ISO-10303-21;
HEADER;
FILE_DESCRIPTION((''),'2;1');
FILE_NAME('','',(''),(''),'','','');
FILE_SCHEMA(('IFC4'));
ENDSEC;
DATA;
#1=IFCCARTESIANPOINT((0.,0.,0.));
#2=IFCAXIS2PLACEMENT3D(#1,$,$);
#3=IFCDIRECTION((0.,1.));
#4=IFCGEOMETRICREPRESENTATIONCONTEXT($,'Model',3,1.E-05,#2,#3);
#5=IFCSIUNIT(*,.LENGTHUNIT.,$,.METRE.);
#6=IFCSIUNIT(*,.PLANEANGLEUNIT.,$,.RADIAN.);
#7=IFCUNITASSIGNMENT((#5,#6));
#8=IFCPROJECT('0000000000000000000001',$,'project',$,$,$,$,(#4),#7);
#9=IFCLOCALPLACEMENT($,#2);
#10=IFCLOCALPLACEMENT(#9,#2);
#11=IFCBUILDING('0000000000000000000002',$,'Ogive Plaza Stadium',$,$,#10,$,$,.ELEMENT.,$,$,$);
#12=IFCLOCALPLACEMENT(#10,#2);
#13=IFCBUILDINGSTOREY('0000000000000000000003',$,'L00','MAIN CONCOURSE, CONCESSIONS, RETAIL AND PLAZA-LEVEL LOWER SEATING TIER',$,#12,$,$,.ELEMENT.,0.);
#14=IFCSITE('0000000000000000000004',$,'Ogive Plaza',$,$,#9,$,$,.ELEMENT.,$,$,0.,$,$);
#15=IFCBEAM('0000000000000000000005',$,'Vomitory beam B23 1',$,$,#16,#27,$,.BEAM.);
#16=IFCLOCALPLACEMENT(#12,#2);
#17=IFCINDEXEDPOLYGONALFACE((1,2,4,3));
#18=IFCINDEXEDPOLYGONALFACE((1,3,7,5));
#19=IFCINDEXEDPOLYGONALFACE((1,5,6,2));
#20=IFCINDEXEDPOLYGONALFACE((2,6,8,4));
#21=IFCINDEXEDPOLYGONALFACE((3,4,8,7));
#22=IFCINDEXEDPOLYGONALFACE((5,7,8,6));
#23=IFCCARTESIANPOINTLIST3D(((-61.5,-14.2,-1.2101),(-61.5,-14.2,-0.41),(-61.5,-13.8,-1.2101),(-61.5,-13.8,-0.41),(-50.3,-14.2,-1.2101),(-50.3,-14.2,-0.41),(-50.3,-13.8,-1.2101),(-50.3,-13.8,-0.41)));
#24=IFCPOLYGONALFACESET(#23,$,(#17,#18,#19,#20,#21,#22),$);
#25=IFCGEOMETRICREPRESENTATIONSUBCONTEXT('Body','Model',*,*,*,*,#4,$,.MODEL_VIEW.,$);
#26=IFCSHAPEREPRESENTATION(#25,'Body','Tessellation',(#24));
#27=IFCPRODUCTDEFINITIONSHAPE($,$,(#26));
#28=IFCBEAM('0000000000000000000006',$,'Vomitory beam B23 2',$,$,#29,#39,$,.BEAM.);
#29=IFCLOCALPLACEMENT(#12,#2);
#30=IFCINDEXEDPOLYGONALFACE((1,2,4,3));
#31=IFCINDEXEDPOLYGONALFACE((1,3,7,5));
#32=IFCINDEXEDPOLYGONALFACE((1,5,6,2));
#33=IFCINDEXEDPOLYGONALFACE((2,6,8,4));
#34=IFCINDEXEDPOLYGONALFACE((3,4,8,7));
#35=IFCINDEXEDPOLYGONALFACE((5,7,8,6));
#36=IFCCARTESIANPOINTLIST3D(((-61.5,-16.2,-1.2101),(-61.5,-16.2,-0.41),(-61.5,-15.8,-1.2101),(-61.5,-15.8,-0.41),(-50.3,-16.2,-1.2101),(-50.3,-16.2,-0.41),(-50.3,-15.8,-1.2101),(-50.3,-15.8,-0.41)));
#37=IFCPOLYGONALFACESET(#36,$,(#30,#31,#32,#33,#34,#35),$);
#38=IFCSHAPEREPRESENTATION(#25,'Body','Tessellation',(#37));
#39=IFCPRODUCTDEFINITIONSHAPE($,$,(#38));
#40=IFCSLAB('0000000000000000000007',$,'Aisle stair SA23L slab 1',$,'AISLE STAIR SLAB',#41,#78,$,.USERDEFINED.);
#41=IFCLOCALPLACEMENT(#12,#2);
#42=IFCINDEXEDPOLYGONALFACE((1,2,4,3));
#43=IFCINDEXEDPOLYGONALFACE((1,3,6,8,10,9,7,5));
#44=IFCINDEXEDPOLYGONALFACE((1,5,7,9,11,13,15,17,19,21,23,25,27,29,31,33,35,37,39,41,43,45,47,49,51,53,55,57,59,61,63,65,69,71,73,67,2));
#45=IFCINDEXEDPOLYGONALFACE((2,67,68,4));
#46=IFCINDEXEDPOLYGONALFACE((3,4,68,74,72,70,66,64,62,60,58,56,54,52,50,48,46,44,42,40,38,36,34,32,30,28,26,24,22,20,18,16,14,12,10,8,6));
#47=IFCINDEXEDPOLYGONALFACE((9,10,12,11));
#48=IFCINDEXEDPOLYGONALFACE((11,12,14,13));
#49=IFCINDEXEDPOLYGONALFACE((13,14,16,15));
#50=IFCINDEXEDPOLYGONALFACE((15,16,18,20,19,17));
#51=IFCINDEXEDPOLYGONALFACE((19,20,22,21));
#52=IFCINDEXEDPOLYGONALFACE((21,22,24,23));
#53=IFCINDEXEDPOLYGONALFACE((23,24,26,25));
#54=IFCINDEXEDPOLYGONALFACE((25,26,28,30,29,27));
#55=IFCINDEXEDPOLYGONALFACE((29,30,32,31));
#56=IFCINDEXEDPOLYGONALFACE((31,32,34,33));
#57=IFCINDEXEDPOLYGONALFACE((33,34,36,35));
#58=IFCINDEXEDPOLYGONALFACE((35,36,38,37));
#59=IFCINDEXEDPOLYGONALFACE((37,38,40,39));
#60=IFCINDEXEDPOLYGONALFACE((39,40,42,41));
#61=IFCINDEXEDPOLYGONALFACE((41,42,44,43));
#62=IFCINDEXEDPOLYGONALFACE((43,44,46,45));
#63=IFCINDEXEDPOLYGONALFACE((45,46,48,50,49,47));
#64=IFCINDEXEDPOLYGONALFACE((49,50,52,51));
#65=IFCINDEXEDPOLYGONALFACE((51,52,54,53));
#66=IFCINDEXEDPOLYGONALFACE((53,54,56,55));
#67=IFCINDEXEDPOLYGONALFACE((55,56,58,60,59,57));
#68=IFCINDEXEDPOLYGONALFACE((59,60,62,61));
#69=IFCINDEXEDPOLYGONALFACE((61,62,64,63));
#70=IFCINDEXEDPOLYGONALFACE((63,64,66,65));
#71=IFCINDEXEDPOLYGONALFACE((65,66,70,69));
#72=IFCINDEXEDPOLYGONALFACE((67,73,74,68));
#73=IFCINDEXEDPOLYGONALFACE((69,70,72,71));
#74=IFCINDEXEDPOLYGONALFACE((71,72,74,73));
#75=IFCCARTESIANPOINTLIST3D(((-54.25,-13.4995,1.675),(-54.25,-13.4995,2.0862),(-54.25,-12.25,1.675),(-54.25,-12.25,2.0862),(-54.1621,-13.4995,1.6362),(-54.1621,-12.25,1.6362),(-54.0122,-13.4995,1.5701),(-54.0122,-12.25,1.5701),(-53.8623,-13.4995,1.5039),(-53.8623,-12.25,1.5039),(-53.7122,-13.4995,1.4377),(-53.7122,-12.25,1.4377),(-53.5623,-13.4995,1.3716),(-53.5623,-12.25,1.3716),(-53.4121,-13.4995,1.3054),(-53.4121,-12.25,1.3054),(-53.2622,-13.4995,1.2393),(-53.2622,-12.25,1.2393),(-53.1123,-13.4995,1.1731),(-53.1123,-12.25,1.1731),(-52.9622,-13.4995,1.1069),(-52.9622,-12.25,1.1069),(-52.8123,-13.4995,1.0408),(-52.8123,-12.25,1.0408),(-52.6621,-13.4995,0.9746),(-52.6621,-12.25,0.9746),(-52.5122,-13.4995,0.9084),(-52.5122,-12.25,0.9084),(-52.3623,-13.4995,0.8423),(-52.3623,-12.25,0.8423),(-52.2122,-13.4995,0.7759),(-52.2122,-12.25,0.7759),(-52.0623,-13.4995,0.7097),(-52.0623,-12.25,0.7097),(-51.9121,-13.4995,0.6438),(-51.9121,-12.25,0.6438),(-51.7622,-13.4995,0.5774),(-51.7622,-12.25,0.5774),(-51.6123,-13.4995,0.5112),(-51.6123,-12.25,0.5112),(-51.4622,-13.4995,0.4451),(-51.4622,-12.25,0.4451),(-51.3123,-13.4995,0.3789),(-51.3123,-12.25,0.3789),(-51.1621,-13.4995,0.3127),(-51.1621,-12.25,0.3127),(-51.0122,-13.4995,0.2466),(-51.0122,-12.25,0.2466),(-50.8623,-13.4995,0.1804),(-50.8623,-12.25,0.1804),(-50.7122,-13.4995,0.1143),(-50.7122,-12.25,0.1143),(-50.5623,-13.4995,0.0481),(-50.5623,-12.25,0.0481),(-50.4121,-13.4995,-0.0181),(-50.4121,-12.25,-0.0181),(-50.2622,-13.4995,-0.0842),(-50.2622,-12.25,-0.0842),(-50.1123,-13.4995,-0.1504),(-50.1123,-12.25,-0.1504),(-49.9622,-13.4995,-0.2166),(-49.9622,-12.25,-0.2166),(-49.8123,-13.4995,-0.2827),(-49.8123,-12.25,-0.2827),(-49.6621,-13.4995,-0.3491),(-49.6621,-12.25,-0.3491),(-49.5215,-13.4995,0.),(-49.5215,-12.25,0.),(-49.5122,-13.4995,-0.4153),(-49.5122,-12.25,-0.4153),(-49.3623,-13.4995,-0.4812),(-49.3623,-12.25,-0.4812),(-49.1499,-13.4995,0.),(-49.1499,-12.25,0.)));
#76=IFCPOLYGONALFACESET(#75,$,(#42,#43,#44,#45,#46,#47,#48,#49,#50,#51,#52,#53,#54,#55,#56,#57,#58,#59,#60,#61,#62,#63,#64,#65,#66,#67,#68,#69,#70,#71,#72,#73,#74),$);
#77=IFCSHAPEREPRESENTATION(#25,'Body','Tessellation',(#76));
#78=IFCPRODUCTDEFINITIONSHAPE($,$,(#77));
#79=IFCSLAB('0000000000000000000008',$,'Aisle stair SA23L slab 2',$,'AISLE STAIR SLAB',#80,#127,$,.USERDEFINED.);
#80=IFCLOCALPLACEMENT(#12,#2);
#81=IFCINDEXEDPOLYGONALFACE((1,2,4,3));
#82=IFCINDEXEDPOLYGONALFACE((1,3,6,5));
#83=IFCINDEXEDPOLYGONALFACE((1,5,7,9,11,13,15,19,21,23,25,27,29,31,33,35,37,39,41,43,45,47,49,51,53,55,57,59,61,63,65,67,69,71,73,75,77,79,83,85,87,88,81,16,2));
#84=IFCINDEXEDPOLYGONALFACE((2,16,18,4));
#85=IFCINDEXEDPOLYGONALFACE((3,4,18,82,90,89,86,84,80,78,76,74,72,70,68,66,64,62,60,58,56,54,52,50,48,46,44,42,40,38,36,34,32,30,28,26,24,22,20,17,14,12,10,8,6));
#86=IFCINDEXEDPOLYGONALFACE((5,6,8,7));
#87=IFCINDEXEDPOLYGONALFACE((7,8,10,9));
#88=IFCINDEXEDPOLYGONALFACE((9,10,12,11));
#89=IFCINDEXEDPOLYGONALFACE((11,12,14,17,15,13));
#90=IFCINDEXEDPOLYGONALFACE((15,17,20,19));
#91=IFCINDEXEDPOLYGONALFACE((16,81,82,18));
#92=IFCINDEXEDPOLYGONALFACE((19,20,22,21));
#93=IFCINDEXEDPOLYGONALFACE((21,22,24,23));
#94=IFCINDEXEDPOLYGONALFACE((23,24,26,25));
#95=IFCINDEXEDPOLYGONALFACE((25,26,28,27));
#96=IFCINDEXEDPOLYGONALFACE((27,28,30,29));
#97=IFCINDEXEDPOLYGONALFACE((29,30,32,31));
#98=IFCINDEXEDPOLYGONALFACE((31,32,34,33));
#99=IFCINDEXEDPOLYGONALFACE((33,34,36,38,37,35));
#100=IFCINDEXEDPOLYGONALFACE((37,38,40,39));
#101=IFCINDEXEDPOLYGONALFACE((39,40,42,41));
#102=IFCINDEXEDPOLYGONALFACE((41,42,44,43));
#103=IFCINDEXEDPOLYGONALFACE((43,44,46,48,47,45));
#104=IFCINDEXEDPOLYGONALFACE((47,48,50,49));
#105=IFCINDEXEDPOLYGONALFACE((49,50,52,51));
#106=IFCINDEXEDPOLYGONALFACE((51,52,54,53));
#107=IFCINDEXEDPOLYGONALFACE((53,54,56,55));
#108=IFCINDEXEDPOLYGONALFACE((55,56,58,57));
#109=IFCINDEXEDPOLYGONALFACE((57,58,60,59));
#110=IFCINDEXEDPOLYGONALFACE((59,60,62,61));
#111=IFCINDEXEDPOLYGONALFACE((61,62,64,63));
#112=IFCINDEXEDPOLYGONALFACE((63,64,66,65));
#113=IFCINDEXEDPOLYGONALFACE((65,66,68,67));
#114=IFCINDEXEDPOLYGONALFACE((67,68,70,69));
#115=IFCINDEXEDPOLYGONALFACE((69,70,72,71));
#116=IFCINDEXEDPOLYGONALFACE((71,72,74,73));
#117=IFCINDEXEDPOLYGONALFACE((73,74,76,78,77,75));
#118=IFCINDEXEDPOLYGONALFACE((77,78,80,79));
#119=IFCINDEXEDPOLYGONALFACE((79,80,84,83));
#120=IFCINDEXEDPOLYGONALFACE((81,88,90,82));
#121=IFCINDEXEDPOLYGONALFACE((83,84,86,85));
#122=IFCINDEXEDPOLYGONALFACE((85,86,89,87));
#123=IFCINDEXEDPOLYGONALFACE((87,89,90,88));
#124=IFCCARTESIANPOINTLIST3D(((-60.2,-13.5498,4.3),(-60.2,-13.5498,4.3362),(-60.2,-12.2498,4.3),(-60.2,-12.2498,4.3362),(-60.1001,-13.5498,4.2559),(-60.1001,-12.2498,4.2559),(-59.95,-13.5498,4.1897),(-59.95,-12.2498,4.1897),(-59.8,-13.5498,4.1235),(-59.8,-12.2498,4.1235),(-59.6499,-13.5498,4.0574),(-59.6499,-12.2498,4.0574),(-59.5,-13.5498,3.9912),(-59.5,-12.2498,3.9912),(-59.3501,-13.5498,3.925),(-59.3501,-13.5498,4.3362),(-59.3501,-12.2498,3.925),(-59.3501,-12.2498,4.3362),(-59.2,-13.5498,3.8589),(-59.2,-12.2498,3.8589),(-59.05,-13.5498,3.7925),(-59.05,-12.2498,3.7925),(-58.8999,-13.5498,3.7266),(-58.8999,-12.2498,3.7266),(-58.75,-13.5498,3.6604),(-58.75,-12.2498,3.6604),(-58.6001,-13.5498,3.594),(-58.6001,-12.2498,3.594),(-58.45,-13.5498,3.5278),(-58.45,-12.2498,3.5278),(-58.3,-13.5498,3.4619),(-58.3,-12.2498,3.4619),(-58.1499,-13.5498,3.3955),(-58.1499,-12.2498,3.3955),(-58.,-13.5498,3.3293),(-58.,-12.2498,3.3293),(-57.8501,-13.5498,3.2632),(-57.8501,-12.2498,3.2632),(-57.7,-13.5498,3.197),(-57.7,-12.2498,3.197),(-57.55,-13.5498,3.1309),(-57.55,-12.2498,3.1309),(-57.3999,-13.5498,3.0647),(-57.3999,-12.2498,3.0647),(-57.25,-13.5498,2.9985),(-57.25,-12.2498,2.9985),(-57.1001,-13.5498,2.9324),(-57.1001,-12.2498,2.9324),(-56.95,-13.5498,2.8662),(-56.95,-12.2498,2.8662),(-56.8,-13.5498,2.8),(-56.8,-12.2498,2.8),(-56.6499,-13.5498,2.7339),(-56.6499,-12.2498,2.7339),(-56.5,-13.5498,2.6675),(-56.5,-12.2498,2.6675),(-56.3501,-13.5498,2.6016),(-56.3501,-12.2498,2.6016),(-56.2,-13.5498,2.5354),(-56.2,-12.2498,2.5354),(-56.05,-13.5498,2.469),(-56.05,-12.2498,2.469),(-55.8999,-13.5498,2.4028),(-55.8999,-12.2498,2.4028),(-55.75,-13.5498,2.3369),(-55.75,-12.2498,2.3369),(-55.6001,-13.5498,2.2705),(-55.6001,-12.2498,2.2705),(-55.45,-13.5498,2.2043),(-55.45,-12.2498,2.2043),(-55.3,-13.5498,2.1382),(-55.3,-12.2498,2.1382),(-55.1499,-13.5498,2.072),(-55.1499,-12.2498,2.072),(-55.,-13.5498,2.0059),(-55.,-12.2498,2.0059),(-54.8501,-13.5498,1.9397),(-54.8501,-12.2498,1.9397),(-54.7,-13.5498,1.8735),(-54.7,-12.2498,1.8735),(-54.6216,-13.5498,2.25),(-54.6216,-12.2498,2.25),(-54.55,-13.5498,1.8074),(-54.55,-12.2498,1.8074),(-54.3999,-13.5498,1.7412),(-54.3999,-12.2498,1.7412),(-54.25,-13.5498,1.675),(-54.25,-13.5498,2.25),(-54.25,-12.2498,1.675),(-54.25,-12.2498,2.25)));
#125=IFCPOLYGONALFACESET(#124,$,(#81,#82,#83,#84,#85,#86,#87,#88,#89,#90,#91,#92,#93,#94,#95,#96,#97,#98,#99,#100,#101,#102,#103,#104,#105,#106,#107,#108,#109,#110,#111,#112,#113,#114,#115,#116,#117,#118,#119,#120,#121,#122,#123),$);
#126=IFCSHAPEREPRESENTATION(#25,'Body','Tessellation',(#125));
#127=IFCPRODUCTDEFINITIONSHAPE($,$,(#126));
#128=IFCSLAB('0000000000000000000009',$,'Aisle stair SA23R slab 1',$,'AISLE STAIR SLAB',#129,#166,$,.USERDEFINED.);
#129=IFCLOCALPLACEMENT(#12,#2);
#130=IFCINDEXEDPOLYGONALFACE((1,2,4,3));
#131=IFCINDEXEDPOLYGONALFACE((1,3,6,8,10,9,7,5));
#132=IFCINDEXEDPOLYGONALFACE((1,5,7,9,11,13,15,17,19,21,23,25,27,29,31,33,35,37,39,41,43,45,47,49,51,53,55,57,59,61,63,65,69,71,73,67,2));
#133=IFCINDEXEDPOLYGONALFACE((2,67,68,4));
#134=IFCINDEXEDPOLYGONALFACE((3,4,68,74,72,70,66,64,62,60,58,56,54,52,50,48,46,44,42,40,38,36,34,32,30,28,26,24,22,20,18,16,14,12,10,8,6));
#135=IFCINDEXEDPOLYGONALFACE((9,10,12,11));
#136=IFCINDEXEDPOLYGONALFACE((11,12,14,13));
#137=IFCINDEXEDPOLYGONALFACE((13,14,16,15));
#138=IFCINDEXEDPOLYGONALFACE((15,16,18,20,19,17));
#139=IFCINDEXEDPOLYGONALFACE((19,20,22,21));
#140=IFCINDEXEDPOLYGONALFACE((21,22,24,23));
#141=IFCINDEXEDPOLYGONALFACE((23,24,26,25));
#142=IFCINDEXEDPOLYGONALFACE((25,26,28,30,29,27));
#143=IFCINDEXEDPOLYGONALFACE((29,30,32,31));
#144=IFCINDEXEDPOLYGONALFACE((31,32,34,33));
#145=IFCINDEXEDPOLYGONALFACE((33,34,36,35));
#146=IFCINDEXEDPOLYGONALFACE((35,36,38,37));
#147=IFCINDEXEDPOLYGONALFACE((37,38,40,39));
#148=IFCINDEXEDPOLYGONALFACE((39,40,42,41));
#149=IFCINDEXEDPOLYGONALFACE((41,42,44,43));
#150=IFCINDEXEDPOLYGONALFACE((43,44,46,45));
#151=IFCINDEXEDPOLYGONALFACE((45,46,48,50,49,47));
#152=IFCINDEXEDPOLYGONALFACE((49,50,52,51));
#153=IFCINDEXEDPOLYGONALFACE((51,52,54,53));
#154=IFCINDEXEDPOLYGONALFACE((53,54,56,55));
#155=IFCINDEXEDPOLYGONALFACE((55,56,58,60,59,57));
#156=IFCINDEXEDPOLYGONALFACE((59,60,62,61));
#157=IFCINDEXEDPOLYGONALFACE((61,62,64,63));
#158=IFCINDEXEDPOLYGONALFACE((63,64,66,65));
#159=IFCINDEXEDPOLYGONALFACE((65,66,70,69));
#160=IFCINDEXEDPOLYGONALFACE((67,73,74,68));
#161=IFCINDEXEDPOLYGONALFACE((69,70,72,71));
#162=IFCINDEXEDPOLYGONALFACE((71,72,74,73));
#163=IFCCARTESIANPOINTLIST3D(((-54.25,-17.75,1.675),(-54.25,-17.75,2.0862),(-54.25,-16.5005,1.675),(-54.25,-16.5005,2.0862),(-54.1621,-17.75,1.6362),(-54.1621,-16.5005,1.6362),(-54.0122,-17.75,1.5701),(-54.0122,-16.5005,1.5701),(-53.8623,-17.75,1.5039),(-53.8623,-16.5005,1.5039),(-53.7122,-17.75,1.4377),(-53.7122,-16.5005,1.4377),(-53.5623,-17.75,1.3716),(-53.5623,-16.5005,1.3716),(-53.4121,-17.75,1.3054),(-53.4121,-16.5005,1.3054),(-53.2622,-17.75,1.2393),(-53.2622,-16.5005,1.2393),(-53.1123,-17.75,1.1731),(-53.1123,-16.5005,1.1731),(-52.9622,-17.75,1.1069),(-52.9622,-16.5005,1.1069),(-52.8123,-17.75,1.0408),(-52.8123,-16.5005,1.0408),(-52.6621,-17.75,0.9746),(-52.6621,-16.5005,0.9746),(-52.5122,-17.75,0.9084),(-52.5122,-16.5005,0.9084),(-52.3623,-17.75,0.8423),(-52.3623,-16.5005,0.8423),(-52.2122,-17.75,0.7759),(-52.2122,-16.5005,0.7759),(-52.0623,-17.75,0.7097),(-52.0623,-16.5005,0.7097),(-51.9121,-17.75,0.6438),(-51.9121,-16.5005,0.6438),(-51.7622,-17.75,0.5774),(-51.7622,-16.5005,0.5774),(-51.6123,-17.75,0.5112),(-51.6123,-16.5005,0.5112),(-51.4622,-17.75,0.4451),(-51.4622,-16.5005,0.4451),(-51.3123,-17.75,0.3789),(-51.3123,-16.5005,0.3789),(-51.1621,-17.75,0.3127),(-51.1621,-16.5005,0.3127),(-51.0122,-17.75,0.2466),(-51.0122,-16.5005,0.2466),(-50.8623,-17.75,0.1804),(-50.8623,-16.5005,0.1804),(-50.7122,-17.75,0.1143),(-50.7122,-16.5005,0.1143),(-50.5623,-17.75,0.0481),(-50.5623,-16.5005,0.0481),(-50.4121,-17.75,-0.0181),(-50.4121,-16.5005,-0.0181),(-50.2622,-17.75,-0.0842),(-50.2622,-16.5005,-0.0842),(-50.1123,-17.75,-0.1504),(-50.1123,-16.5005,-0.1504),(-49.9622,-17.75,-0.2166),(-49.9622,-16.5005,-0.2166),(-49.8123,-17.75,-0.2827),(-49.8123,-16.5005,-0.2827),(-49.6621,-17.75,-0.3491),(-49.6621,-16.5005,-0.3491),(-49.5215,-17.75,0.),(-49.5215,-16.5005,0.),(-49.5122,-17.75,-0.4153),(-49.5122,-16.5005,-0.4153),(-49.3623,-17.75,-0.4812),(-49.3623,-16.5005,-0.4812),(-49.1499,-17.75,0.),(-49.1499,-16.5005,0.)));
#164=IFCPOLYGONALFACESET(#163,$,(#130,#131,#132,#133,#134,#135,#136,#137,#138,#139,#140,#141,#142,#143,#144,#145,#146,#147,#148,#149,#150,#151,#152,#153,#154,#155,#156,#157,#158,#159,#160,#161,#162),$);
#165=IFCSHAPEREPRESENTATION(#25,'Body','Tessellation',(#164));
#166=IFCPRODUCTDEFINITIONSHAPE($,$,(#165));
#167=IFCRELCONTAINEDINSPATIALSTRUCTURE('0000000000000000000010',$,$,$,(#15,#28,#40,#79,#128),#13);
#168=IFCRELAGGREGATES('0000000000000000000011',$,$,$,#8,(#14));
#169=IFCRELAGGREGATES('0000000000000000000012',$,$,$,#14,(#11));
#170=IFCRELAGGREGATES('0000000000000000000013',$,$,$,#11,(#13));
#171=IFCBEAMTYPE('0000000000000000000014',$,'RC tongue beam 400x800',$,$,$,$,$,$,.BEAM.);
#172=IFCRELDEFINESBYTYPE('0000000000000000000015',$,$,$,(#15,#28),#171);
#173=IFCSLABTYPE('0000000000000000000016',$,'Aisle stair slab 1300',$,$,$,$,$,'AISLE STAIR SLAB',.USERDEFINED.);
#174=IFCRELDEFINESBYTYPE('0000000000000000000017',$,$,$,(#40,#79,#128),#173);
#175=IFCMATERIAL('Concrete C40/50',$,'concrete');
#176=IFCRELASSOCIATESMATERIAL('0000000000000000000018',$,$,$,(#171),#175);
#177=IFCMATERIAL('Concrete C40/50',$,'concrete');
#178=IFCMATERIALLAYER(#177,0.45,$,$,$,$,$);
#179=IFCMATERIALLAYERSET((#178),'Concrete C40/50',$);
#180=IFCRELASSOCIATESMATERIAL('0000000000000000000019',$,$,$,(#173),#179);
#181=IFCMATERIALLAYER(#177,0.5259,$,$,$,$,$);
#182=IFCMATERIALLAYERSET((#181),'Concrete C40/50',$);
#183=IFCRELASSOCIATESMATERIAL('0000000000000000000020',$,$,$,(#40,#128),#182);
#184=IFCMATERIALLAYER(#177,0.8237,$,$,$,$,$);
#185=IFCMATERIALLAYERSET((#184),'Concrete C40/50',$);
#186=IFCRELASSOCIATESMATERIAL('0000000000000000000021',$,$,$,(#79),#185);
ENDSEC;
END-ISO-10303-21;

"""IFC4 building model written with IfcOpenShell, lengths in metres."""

from ifc_helpers import new_model, si_unit, direction, frame, origin, origin_2d, place, context, subcontext, project, spatial, polyline, rectangle, outline, extrude, material, layer, layer_set, material_profile, profile_set, type_object, element, save


model = new_model("IFC4")

# Units and contexts
model_context = context("Model", 3, precision=1e-05, world=origin(), true_north=direction((0.0, 1.0)))
body_context = subcontext(model_context, "Body", "Model", "MODEL_VIEW")
ifc_project = project(units=[si_unit("LENGTHUNIT", "METRE"), si_unit("PLANEANGLEUNIT", "RADIAN")], contexts=[model_context])

# Site, building, storey
site_placement = place(None, origin())
site = spatial("IfcSite", under=ifc_project, at=site_placement, Name="Ogive Plaza", CompositionType="ELEMENT", RefElevation=0.0)
building_placement = place(site_placement, origin())
building = spatial("IfcBuilding", under=site, at=building_placement, Name="Ogive Plaza Stadium", CompositionType="ELEMENT")
storey_placement = place(building_placement, origin())
storey = spatial("IfcBuildingStorey", under=building, at=storey_placement, Name="L00", Description="MAIN CONCOURSE, CONCESSIONS, RETAIL AND PLAZA-LEVEL LOWER SEATING TIER", CompositionType="ELEMENT", Elevation=0.0)

# Beams
ifc_material_1 = material(Name="Concrete C40/50", Category="concrete")
ifc_material_profile = material_profile(ifc_material_1, rectangle(XDim=0.3999, YDim=0.8, at=origin_2d()), Name="RC 400x800")
ifc_profile_set = profile_set([ifc_material_profile], Name="Concrete C40/50")
beam_type = type_object("IfcBeamType", Name="RC tongue beam 400x800", PredefinedType="BEAM", material=ifc_profile_set)
for number, where, z_axis, x_axis, name in (
    (1, (-50.3, -14.0, -0.8101), (-1.0, 0.0, 0.0), (0.0, -1.0, 0.0), "Vomitory beam B23 1"),
    (2, (-50.3, -16.0, -0.8101), (-1.0, 0.0, 0.0), (0.0, -1.0, 0.0), "Vomitory beam B23 2"),
):
    element("IfcBeam", number, at=place(storey_placement, frame(where, z_axis=z_axis, x_axis=x_axis)), inside=storey, type_object=beam_type, Name=name, PredefinedType="BEAM", context=body_context, shape_type="SweptSolid", body=[
        extrude(rectangle(XDim=0.3999, YDim=0.8, at=origin_2d()), origin(), (0.0, 0.0, 1.0), 11.2),
    ])

# Slabs
ifc_material_2 = material(Name="Concrete C40/50", Category="concrete")
ifc_layer_1 = layer(ifc_material_2, 0.5259)
ifc_layer_set_1 = layer_set([ifc_layer_1], Name="Concrete C40/50")
ifc_layer_2 = layer(ifc_material_2, 0.45)
ifc_layer_set_2 = layer_set([ifc_layer_2], Name="Concrete C40/50")
slab_type = type_object("IfcSlabType", Name="Aisle stair slab 1300", ElementType="AISLE STAIR SLAB", PredefinedType="USERDEFINED", material=ifc_layer_set_2)
slab_1_placement = place(storey_placement, frame((-49.1499, -12.8748, 0.0), z_axis=(0.0, 0.0, 1.0), x_axis=(-1.0, 0.0, 0.0)))
element("IfcSlab", 3, at=slab_1_placement, inside=storey, type_object=slab_type, material=ifc_layer_set_1, Name="Aisle stair SA23L slab 1", ObjectType="AISLE STAIR SLAB", PredefinedType="USERDEFINED", context=body_context, shape_type="SweptSolid", body=[
    extrude(outline(polyline([(0.0, 0.0), (0.3716, 0.0), (5.1001, 2.0862), (5.1001, 1.675), (5.0122, 1.6362), (4.8623, 1.5701), (4.7124, 1.5039), (4.5623, 1.4377), (4.4124, 1.3716), (4.2622, 1.3054), (4.1123, 1.2393), (3.9624, 1.1731), (3.8123, 1.1069), (3.6624, 1.0408), (3.5122, 0.9746), (3.3623, 0.9084), (3.2124, 0.8423), (3.0623, 0.7759), (2.9124, 0.7097), (2.7622, 0.6438), (2.6123, 0.5774), (2.4624, 0.5112), (2.3123, 0.4451), (2.1624, 0.3789), (2.0122, 0.3127), (1.8623, 0.2466), (1.7124, 0.1804), (1.5623, 0.1143), (1.4124, 0.0481), (1.2622, -0.0181), (1.1123, -0.0842), (0.9624, -0.1504), (0.8123, -0.2166), (0.6624, -0.2827), (0.5122, -0.3491), (0.3623, -0.4153), (0.2124, -0.4812), (0.0, 0.0)])), frame((0.0, 0.6248, 0.0), z_axis=(0.0, -1.0, 0.0), x_axis=(1.0, 0.0, 0.0)), (0.0, 0.0, 1.0), 1.2495),
])
ifc_layer_3 = layer(ifc_material_2, 0.8237)
ifc_layer_set_3 = layer_set([ifc_layer_3], Name="Concrete C40/50")
slab_2_placement = place(storey_placement, frame((-54.25, -12.8999, 0.0), z_axis=(0.0, 0.0, 1.0), x_axis=(-1.0, 0.0, 0.0)))
element("IfcSlab", 4, at=slab_2_placement, inside=storey, type_object=slab_type, material=ifc_layer_set_3, Name="Aisle stair SA23L slab 2", ObjectType="AISLE STAIR SLAB", PredefinedType="USERDEFINED", context=body_context, shape_type="SweptSolid", body=[
    extrude(outline(polyline([(0.0, 2.25), (0.3716, 2.25), (5.1001, 4.3362), (5.95, 4.3362), (5.95, 4.3), (5.8501, 4.2559), (5.7, 4.1897), (5.55, 4.1235), (5.3999, 4.0574), (5.25, 3.9912), (5.1001, 3.925), (4.95, 3.8589), (4.8, 3.7925), (4.6499, 3.7266), (4.5, 3.6604), (4.3501, 3.594), (4.2, 3.5278), (4.05, 3.4619), (3.8999, 3.3955), (3.75, 3.3293), (3.6001, 3.2632), (3.45, 3.197), (3.3, 3.1309), (3.1499, 3.0647), (3.0, 2.9985), (2.8501, 2.9324), (2.7, 2.8662), (2.55, 2.8), (2.3999, 2.7339), (2.25, 2.6675), (2.1001, 2.6016), (1.95, 2.5354), (1.8, 2.469), (1.6499, 2.4028), (1.5, 2.3369), (1.3501, 2.2705), (1.2, 2.2043), (1.05, 2.1382), (0.8999, 2.072), (0.75, 2.0059), (0.6001, 1.9397), (0.45, 1.8735), (0.3, 1.8074), (0.1499, 1.7412), (0.0, 1.675), (0.0, 2.25)])), frame((0.0, 0.6499, 0.0), z_axis=(0.0, -1.0, 0.0), x_axis=(1.0, 0.0, 0.0)), (0.0, 0.0, 1.0), 1.3),
])
slab_3_placement = place(storey_placement, frame((-49.1499, -17.1252, 0.0), z_axis=(0.0, 0.0, 1.0), x_axis=(-1.0, 0.0, 0.0)))
element("IfcSlab", 5, at=slab_3_placement, inside=storey, type_object=slab_type, material=ifc_layer_set_1, Name="Aisle stair SA23R slab 1", ObjectType="AISLE STAIR SLAB", PredefinedType="USERDEFINED", context=body_context, shape_type="SweptSolid", body=[
    extrude(outline(polyline([(0.0, 0.0), (0.3716, 0.0), (5.1001, 2.0862), (5.1001, 1.675), (5.0122, 1.6362), (4.8623, 1.5701), (4.7124, 1.5039), (4.5623, 1.4377), (4.4124, 1.3716), (4.2622, 1.3054), (4.1123, 1.2393), (3.9624, 1.1731), (3.8123, 1.1069), (3.6624, 1.0408), (3.5122, 0.9746), (3.3623, 0.9084), (3.2124, 0.8423), (3.0623, 0.7759), (2.9124, 0.7097), (2.7622, 0.6438), (2.6123, 0.5774), (2.4624, 0.5112), (2.3123, 0.4451), (2.1624, 0.3789), (2.0122, 0.3127), (1.8623, 0.2466), (1.7124, 0.1804), (1.5623, 0.1143), (1.4124, 0.0481), (1.2622, -0.0181), (1.1123, -0.0842), (0.9624, -0.1504), (0.8123, -0.2166), (0.6624, -0.2827), (0.5122, -0.3491), (0.3623, -0.4153), (0.2124, -0.4812), (0.0, 0.0)])), frame((0.0, 0.6248, 0.0), z_axis=(0.0, -1.0, 0.0), x_axis=(1.0, 0.0, 0.0)), (0.0, 0.0, 1.0), 1.2495),
])

save(model, "model.ifc")
